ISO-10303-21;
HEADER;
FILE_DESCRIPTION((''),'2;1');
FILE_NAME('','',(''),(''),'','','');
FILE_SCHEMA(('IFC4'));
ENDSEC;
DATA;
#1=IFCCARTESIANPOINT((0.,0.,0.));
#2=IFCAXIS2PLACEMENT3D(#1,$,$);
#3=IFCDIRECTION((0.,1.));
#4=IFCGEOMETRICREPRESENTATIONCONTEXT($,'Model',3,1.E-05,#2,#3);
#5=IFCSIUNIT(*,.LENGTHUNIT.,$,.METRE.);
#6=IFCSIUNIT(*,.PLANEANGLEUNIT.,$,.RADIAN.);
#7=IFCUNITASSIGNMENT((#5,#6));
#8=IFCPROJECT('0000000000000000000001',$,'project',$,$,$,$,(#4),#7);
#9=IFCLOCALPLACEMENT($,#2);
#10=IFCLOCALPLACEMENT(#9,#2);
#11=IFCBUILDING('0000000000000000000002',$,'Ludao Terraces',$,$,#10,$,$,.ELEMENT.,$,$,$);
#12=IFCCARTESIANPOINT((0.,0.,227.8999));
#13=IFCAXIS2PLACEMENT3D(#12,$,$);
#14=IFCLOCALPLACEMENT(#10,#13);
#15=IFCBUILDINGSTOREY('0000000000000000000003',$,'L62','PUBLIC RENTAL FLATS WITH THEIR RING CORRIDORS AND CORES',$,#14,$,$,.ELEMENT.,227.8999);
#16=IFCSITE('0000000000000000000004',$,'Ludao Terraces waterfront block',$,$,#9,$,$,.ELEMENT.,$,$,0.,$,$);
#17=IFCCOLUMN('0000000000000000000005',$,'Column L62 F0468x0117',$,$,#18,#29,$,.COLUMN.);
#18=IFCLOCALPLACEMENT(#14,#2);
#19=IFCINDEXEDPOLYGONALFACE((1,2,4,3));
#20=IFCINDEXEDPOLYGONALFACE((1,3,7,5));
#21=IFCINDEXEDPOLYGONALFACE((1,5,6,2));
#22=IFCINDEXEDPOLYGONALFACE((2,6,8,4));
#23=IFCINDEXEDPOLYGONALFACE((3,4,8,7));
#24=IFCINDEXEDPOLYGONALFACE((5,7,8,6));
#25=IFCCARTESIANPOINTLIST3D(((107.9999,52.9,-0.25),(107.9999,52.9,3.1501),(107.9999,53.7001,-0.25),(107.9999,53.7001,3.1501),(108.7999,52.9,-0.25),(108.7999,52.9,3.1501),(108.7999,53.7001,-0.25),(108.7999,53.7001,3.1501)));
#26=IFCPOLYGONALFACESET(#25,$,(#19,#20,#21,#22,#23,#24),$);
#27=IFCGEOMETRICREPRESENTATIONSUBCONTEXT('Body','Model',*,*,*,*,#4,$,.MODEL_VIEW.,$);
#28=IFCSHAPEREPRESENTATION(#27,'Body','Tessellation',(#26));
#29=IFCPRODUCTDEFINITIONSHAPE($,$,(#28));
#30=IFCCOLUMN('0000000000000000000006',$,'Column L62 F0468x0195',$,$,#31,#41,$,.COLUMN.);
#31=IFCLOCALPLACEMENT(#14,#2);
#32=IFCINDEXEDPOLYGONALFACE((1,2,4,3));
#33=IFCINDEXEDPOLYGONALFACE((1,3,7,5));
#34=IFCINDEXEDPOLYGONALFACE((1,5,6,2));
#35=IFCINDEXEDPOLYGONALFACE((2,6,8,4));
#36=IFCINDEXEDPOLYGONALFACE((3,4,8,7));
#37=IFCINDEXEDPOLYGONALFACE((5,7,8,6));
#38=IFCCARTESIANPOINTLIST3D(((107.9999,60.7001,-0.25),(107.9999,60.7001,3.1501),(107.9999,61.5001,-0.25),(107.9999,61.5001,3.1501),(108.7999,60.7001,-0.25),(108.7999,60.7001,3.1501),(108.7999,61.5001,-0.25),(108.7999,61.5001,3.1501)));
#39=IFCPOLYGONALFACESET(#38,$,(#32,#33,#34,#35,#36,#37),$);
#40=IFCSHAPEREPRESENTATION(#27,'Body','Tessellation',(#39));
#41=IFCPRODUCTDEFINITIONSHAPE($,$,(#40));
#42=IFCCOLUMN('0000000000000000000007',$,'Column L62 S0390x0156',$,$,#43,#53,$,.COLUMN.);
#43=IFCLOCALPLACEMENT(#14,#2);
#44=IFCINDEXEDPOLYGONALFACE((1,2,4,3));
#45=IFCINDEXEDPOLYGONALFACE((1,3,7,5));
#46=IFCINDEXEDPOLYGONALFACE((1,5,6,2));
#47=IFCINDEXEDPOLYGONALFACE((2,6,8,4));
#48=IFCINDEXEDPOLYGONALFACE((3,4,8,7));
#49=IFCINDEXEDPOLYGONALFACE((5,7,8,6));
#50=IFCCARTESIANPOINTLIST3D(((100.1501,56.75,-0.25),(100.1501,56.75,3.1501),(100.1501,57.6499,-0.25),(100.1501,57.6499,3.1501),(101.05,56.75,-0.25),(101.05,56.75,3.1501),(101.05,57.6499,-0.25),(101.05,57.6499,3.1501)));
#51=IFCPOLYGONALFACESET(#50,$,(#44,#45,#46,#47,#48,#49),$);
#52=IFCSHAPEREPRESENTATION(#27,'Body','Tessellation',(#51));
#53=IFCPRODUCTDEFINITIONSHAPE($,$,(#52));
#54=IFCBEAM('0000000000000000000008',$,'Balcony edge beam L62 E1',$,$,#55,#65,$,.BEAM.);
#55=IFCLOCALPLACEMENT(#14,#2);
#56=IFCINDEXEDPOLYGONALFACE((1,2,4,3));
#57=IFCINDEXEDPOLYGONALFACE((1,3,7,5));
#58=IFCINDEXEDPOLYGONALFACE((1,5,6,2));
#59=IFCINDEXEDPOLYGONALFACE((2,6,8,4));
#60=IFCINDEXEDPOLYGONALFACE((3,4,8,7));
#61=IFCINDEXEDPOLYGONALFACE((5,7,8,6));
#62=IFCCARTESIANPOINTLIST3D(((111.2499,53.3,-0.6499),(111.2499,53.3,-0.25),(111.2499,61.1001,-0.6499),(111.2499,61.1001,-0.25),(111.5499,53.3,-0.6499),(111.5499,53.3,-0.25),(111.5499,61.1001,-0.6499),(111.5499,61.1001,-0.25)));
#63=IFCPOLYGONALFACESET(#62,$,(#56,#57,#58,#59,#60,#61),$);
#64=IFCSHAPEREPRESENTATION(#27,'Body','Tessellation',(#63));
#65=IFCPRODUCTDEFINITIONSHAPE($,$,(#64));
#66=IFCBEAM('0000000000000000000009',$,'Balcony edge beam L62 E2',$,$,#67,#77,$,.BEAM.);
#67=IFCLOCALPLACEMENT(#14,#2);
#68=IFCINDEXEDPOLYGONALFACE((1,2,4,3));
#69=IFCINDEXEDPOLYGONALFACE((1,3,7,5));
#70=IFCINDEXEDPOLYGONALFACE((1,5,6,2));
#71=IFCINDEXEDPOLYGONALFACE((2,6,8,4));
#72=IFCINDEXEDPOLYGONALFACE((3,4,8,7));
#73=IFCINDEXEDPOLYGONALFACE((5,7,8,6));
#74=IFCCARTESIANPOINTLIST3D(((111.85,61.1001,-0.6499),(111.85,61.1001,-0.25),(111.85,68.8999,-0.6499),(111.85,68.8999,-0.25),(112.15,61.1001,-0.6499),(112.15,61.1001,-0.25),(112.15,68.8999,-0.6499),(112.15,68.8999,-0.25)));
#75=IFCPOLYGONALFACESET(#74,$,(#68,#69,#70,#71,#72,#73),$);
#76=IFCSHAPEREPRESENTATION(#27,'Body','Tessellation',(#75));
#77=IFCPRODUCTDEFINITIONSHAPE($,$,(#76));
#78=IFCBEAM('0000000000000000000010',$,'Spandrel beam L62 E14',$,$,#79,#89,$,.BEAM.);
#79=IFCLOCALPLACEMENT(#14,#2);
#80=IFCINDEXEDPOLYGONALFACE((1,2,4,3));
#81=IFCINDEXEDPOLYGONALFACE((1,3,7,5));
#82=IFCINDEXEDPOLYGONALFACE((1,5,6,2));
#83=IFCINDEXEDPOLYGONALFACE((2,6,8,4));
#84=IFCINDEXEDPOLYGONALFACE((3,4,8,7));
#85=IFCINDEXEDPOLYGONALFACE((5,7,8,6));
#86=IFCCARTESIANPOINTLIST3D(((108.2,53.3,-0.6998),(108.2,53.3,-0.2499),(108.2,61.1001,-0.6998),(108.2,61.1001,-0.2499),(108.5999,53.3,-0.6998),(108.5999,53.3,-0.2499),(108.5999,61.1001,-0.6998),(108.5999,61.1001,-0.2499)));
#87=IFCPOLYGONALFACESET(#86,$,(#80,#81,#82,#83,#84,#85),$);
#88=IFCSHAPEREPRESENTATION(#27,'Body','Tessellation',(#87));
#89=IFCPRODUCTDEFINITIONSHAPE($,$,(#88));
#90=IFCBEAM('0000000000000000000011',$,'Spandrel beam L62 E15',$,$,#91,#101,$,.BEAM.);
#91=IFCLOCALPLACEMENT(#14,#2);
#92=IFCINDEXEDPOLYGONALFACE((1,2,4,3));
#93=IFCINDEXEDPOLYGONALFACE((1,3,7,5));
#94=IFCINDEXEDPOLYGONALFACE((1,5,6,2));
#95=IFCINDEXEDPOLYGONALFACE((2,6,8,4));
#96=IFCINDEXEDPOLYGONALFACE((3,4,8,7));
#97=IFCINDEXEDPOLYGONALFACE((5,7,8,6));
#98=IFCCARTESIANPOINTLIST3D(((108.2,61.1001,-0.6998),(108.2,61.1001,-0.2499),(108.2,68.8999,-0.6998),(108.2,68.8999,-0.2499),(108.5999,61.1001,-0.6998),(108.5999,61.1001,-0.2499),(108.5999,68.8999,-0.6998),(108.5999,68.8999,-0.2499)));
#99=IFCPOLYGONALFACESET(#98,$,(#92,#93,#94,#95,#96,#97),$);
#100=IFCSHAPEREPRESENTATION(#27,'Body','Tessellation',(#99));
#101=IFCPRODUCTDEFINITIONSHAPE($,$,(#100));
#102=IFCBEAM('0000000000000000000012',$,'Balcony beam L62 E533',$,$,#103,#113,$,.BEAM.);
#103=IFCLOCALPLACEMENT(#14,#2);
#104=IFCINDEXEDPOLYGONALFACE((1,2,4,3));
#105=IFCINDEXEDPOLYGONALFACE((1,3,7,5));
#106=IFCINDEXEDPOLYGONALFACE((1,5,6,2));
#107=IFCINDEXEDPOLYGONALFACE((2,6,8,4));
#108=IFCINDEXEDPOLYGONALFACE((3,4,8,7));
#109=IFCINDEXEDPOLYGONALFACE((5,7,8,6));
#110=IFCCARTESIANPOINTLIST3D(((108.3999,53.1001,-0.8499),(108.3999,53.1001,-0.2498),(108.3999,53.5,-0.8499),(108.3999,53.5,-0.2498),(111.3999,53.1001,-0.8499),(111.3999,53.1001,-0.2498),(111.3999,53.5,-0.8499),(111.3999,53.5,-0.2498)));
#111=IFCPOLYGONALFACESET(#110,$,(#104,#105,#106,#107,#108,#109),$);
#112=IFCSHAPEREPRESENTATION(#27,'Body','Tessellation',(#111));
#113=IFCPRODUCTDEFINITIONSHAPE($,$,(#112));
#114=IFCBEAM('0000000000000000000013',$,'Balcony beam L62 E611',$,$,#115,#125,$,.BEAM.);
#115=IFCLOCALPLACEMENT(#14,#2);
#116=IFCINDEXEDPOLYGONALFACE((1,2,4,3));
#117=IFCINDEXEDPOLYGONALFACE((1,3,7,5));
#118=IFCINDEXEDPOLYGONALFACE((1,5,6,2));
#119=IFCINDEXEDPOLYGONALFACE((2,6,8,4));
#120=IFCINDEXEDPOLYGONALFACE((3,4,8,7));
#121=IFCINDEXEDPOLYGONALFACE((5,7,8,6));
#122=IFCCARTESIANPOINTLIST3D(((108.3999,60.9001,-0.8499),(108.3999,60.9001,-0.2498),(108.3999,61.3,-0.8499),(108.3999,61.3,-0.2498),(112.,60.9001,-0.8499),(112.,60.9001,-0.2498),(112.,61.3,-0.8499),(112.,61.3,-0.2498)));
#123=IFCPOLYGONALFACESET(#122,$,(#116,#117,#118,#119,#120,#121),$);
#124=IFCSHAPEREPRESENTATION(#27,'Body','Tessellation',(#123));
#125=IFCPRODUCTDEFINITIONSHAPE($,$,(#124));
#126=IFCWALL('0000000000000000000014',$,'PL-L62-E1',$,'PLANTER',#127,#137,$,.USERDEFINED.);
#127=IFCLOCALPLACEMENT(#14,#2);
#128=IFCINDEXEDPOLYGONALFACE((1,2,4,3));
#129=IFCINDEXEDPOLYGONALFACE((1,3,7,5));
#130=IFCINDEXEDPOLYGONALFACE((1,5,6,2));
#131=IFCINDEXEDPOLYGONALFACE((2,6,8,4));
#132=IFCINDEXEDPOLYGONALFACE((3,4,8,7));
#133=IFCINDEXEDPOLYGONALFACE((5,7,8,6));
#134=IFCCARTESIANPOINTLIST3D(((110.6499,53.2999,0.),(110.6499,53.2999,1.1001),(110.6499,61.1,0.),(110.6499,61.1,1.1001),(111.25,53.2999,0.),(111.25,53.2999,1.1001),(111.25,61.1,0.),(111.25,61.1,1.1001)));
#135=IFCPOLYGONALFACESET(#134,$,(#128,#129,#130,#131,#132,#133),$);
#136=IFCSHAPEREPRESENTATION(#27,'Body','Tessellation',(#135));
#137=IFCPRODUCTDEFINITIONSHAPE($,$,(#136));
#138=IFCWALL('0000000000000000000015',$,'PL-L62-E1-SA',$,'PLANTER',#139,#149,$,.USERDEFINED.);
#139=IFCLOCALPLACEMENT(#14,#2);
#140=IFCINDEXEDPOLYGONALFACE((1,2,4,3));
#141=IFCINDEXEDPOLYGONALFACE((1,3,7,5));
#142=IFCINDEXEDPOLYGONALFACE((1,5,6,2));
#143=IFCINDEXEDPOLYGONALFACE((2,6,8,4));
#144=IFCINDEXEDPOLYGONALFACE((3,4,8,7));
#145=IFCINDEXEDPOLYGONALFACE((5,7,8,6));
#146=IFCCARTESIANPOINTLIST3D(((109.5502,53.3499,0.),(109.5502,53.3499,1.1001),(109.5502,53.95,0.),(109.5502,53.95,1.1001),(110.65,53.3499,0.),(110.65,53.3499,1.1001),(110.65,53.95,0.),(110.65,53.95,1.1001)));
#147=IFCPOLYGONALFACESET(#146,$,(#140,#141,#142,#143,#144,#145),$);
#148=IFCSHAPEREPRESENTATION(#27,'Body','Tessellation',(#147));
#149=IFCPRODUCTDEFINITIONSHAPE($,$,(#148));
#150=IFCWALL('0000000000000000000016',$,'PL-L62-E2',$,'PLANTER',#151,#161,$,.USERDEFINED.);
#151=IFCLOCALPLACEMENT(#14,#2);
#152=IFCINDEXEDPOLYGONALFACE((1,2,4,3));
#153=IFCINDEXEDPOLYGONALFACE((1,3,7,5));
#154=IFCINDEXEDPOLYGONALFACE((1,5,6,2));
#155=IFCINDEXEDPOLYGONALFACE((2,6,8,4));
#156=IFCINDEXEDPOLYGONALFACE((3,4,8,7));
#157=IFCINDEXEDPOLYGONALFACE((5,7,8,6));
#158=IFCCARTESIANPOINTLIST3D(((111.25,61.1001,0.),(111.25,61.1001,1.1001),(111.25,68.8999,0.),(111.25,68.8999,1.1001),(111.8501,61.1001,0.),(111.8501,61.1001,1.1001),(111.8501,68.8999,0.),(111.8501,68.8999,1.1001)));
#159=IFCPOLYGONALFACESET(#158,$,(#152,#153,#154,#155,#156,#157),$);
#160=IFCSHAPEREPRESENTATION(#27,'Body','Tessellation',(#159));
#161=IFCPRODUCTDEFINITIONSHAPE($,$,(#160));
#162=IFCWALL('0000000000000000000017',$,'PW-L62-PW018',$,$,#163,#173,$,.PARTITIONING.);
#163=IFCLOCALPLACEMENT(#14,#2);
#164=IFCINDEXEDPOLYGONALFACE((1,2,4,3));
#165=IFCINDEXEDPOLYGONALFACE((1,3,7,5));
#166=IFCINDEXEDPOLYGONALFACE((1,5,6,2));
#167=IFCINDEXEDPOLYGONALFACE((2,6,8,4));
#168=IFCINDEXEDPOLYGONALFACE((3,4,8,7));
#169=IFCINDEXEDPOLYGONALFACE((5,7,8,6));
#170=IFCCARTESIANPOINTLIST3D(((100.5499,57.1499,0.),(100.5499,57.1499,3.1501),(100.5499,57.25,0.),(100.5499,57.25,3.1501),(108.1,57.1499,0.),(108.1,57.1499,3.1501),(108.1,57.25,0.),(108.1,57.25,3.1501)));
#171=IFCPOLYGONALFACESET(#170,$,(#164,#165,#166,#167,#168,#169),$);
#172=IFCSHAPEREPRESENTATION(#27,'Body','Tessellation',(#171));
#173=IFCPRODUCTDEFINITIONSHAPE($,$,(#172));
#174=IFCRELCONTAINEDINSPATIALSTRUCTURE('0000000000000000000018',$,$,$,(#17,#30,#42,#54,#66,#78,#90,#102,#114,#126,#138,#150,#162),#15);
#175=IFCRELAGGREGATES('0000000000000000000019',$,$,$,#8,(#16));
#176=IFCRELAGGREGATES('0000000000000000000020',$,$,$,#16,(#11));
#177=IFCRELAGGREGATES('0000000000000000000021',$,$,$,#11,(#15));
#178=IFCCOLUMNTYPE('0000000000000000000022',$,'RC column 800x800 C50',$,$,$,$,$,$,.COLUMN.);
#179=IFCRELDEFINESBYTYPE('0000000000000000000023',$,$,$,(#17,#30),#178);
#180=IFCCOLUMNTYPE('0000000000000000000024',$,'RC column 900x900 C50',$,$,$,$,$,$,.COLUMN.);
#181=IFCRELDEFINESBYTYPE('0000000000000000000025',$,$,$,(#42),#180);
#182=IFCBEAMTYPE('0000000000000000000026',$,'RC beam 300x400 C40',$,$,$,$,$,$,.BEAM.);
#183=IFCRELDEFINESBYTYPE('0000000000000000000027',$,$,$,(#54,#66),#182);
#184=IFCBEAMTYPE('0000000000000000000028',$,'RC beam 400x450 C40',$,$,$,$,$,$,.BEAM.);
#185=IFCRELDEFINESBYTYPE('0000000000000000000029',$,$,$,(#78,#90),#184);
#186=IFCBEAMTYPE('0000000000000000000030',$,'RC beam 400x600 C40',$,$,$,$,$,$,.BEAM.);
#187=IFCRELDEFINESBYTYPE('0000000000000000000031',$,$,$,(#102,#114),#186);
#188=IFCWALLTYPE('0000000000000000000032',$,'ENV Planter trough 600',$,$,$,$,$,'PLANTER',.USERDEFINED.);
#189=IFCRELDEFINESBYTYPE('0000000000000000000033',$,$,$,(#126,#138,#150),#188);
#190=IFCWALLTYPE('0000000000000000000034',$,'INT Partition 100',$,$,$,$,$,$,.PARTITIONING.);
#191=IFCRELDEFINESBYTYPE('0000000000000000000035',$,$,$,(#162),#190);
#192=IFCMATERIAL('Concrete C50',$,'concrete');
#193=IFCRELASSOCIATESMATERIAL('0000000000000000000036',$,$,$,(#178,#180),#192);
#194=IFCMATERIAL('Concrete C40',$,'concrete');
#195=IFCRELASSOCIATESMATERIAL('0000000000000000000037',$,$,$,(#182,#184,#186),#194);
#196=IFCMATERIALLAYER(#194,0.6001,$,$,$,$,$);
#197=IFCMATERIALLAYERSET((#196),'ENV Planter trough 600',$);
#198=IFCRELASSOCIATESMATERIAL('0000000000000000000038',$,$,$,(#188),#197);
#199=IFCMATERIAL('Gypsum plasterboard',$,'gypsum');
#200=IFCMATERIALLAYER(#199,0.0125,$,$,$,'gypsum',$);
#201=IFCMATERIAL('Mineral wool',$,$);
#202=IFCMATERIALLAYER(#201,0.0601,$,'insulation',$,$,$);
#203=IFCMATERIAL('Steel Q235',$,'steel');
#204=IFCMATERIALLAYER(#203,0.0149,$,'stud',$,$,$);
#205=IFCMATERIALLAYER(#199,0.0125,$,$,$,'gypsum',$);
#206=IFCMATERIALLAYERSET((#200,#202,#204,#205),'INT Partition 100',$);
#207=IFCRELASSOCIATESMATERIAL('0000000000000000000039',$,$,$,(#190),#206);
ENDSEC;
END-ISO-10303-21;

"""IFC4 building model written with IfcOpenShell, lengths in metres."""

from ifc_helpers import new_model, si_unit, direction, frame, frame_2d, origin, origin_2d, place, context, subcontext, project, spatial, rectangle, extrude, material, layer, layer_set, material_profile, profile_set, type_object, element, save


model = new_model("IFC4")

# Units and contexts
model_context = context("Model", 3, precision=1e-05, world=origin(), true_north=direction((0.0, 1.0)))
body_context = subcontext(model_context, "Body", "Model", "MODEL_VIEW")
ifc_project = project(units=[si_unit("LENGTHUNIT", "METRE"), si_unit("PLANEANGLEUNIT", "RADIAN")], contexts=[model_context])

# Site, building, storey
site_placement = place(None, origin())
site = spatial("IfcSite", under=ifc_project, at=site_placement, Name="Ludao Terraces waterfront block", CompositionType="ELEMENT", RefElevation=0.0)
building_placement = place(site_placement, origin())
building = spatial("IfcBuilding", under=site, at=building_placement, Name="Ludao Terraces", CompositionType="ELEMENT")
storey_placement = place(building_placement, frame((0.0, 0.0, 227.8999)))
storey = spatial("IfcBuildingStorey", under=building, at=storey_placement, Name="L62", Description="PUBLIC RENTAL FLATS WITH THEIR RING CORRIDORS AND CORES", CompositionType="ELEMENT", Elevation=227.8999)

# Columns
ifc_material_1 = material(Name="Concrete C50", Category="concrete")
ifc_material_profile_1 = material_profile(ifc_material_1, rectangle(XDim=0.8, YDim=0.8, at=origin_2d()), Name="800 X 800")
ifc_profile_set_1 = profile_set([ifc_material_profile_1], Name="Concrete C50")
column_type_1 = type_object("IfcColumnType", Name="RC column 800x800 C50", PredefinedType="COLUMN", material=ifc_profile_set_1)
for number, where, z_axis, x_axis, name in (
    (1, (108.3999, 53.3, -0.25), (0.0, 0.0, 1.0), (1.0, 0.0, 0.0), "Column L62 F0468x0117"),
    (2, (108.3999, 61.1001, -0.25), (0.0, 0.0, 1.0), (1.0, 0.0, 0.0), "Column L62 F0468x0195"),
):
    element("IfcColumn", number, at=place(storey_placement, frame(where, z_axis=z_axis, x_axis=x_axis)), inside=storey, type_object=column_type_1, Name=name, PredefinedType="COLUMN", context=body_context, shape_type="SweptSolid", body=[
        extrude(rectangle(XDim=0.8, YDim=0.8, at=origin_2d()), origin(), (0.0, 0.0, 1.0), 3.4001),
    ])
ifc_material_profile_2 = material_profile(ifc_material_1, rectangle(XDim=0.8999, YDim=0.8999, at=origin_2d()), Name="900 X 900")
ifc_profile_set_2 = profile_set([ifc_material_profile_2], Name="Concrete C50")
column_type_2 = type_object("IfcColumnType", Name="RC column 900x900 C50", PredefinedType="COLUMN", material=ifc_profile_set_2)
column_placement = place(storey_placement, frame((100.6001, 57.2, -0.25), z_axis=(0.0, 0.0, 1.0), x_axis=(1.0, 0.0, 0.0)))
element("IfcColumn", 3, at=column_placement, inside=storey, type_object=column_type_2, Name="Column L62 S0390x0156", PredefinedType="COLUMN", context=body_context, shape_type="SweptSolid", body=[
    extrude(rectangle(XDim=0.8999, YDim=0.8999, at=origin_2d()), origin(), (0.0, 0.0, 1.0), 3.4001),
])

# Beams
ifc_material_2 = material(Name="Concrete C40", Category="concrete")
ifc_material_profile_3 = material_profile(ifc_material_2, rectangle(XDim=0.3, YDim=0.3999, at=origin_2d()), Name="300 X 400")
ifc_profile_set_3 = profile_set([ifc_material_profile_3], Name="Concrete C40")
beam_type_1 = type_object("IfcBeamType", Name="RC beam 300x400 C40", PredefinedType="BEAM", material=ifc_profile_set_3)
beam_1_placement = place(storey_placement, frame((111.3999, 53.3, -0.45), z_axis=(0.0, 1.0, 0.0), x_axis=(-1.0, 0.0, 0.0)))
element("IfcBeam", 4, at=beam_1_placement, inside=storey, type_object=beam_type_1, Name="Balcony edge beam L62 E1", PredefinedType="BEAM", context=body_context, shape_type="SweptSolid", body=[
    extrude(rectangle(XDim=0.3, YDim=0.3999, at=origin_2d()), origin(), (0.0, 0.0, 1.0), 7.8),
])
beam_2_placement = place(storey_placement, frame((112.0, 61.1001, -0.45), z_axis=(0.0, 1.0, 0.0), x_axis=(-1.0, 0.0, 0.0)))
element("IfcBeam", 5, at=beam_2_placement, inside=storey, type_object=beam_type_1, Name="Balcony edge beam L62 E2", PredefinedType="BEAM", context=body_context, shape_type="SweptSolid", body=[
    extrude(rectangle(XDim=0.3, YDim=0.3999, at=origin_2d()), origin(), (0.0, 0.0, 1.0), 7.7998),
])
ifc_material_profile_4 = material_profile(ifc_material_2, rectangle(XDim=0.3999, YDim=0.45, at=origin_2d()), Name="400 X 450")
ifc_profile_set_4 = profile_set([ifc_material_profile_4], Name="Concrete C40")
beam_type_2 = type_object("IfcBeamType", Name="RC beam 400x450 C40", PredefinedType="BEAM", material=ifc_profile_set_4)
beam_3_placement = place(storey_placement, frame((108.3999, 53.3, -0.4749), z_axis=(0.0, 1.0, 0.0), x_axis=(-1.0, 0.0, 0.0)))
element("IfcBeam", 6, at=beam_3_placement, inside=storey, type_object=beam_type_2, Name="Spandrel beam L62 E14", PredefinedType="BEAM", context=body_context, shape_type="SweptSolid", body=[
    extrude(rectangle(XDim=0.3999, YDim=0.45, at=origin_2d()), origin(), (0.0, 0.0, 1.0), 7.8),
])
beam_4_placement = place(storey_placement, frame((108.3999, 61.1001, -0.4749), z_axis=(0.0, 1.0, 0.0), x_axis=(-1.0, 0.0, 0.0)))
element("IfcBeam", 7, at=beam_4_placement, inside=storey, type_object=beam_type_2, Name="Spandrel beam L62 E15", PredefinedType="BEAM", context=body_context, shape_type="SweptSolid", body=[
    extrude(rectangle(XDim=0.3999, YDim=0.45, at=origin_2d()), origin(), (0.0, 0.0, 1.0), 7.7998),
])
ifc_material_profile_5 = material_profile(ifc_material_2, rectangle(XDim=0.3999, YDim=0.6001, at=origin_2d()), Name="400 X 600")
ifc_profile_set_5 = profile_set([ifc_material_profile_5], Name="Concrete C40")
beam_type_3 = type_object("IfcBeamType", Name="RC beam 400x600 C40", PredefinedType="BEAM", material=ifc_profile_set_5)
beam_5_placement = place(storey_placement, frame((108.3999, 53.3, -0.5498), z_axis=(1.0, 0.0, 0.0), x_axis=(0.0, 1.0, 0.0)))
element("IfcBeam", 8, at=beam_5_placement, inside=storey, type_object=beam_type_3, Name="Balcony beam L62 E533", PredefinedType="BEAM", context=body_context, shape_type="SweptSolid", body=[
    extrude(rectangle(XDim=0.3999, YDim=0.6001, at=origin_2d()), origin(), (0.0, 0.0, 1.0), 3.0),
])
beam_6_placement = place(storey_placement, frame((108.3999, 61.1001, -0.5498), z_axis=(1.0, 0.0, 0.0), x_axis=(0.0, 1.0, 0.0)))
element("IfcBeam", 9, at=beam_6_placement, inside=storey, type_object=beam_type_3, Name="Balcony beam L62 E611", PredefinedType="BEAM", context=body_context, shape_type="SweptSolid", body=[
    extrude(rectangle(XDim=0.3999, YDim=0.6001, at=origin_2d()), origin(), (0.0, 0.0, 1.0), 3.6001),
])

# Walls
ifc_layer_1 = layer(ifc_material_2, 0.6001)
ifc_layer_set_1 = layer_set([ifc_layer_1], Name="ENV Planter trough 600")
wall_type_1 = type_object("IfcWallType", Name="ENV Planter trough 600", ElementType="PLANTER", PredefinedType="USERDEFINED", material=ifc_layer_set_1)
wall_1_placement = place(storey_placement, frame((110.95, 53.3, 0.0), z_axis=(0.0, 0.0, 1.0), x_axis=(0.0, 1.0, 0.0)))
element("IfcWall", 10, at=wall_1_placement, inside=storey, type_object=wall_type_1, Name="PL-L62-E1", ObjectType="PLANTER", PredefinedType="USERDEFINED", context=body_context, shape_type="SweptSolid", body=[
    extrude(rectangle(XDim=7.8, YDim=0.6001, at=frame_2d((3.8999, 0.0))), origin(), (0.0, 0.0, 1.0), 1.1001),
])
wall_2_placement = place(storey_placement, frame((110.6499, 53.6499, 0.0), z_axis=(0.0, 0.0, 1.0), x_axis=(-1.0, 0.0, 0.0)))
element("IfcWall", 11, at=wall_2_placement, inside=storey, type_object=wall_type_1, Name="PL-L62-E1-SA", ObjectType="PLANTER", PredefinedType="USERDEFINED", context=body_context, shape_type="SweptSolid", body=[
    extrude(rectangle(XDim=1.0999, YDim=0.6001, at=frame_2d((0.5498, 0.0))), origin(), (0.0, 0.0, 1.0), 1.1001),
])
wall_3_placement = place(storey_placement, frame((111.55, 61.1001, 0.0), z_axis=(0.0, 0.0, 1.0), x_axis=(0.0, 1.0, 0.0)))
element("IfcWall", 12, at=wall_3_placement, inside=storey, type_object=wall_type_1, Name="PL-L62-E2", ObjectType="PLANTER", PredefinedType="USERDEFINED", context=body_context, shape_type="SweptSolid", body=[
    extrude(rectangle(XDim=7.7998, YDim=0.6001, at=frame_2d((3.8999, 0.0))), origin(), (0.0, 0.0, 1.0), 1.1001),
])

# Shared definitions
ifc_material_3 = material(Name="Mineral wool")

# Wall
ifc_material_4 = material(Name="Gypsum plasterboard", Category="gypsum")
ifc_layer_2 = layer(ifc_material_4, 0.0125, Category="gypsum")
ifc_layer_3 = layer(ifc_material_3, 0.0601, Name="insulation")
ifc_material_5 = material(Name="Steel Q235", Category="steel")
ifc_layer_4 = layer(ifc_material_5, 0.0149, Name="stud")
ifc_layer_5 = layer(ifc_material_4, 0.0125, Category="gypsum")
ifc_layer_set_2 = layer_set([ifc_layer_2, ifc_layer_3, ifc_layer_4, ifc_layer_5], Name="INT Partition 100")
wall_type_2 = type_object("IfcWallType", Name="INT Partition 100", PredefinedType="PARTITIONING", material=ifc_layer_set_2)
wall_4_placement = place(storey_placement, frame((100.55, 57.2, 0.0), z_axis=(0.0, 0.0, 1.0), x_axis=(1.0, 0.0, 0.0)))
element("IfcWall", 13, at=wall_4_placement, inside=storey, type_object=wall_type_2, Name="PW-L62-PW018", PredefinedType="PARTITIONING", context=body_context, shape_type="SweptSolid", body=[
    extrude(rectangle(XDim=7.55, YDim=0.1001, at=frame_2d((3.7749, 0.0))), origin(), (0.0, 0.0, 1.0), 3.1501),
])

save(model, "model.ifc")
